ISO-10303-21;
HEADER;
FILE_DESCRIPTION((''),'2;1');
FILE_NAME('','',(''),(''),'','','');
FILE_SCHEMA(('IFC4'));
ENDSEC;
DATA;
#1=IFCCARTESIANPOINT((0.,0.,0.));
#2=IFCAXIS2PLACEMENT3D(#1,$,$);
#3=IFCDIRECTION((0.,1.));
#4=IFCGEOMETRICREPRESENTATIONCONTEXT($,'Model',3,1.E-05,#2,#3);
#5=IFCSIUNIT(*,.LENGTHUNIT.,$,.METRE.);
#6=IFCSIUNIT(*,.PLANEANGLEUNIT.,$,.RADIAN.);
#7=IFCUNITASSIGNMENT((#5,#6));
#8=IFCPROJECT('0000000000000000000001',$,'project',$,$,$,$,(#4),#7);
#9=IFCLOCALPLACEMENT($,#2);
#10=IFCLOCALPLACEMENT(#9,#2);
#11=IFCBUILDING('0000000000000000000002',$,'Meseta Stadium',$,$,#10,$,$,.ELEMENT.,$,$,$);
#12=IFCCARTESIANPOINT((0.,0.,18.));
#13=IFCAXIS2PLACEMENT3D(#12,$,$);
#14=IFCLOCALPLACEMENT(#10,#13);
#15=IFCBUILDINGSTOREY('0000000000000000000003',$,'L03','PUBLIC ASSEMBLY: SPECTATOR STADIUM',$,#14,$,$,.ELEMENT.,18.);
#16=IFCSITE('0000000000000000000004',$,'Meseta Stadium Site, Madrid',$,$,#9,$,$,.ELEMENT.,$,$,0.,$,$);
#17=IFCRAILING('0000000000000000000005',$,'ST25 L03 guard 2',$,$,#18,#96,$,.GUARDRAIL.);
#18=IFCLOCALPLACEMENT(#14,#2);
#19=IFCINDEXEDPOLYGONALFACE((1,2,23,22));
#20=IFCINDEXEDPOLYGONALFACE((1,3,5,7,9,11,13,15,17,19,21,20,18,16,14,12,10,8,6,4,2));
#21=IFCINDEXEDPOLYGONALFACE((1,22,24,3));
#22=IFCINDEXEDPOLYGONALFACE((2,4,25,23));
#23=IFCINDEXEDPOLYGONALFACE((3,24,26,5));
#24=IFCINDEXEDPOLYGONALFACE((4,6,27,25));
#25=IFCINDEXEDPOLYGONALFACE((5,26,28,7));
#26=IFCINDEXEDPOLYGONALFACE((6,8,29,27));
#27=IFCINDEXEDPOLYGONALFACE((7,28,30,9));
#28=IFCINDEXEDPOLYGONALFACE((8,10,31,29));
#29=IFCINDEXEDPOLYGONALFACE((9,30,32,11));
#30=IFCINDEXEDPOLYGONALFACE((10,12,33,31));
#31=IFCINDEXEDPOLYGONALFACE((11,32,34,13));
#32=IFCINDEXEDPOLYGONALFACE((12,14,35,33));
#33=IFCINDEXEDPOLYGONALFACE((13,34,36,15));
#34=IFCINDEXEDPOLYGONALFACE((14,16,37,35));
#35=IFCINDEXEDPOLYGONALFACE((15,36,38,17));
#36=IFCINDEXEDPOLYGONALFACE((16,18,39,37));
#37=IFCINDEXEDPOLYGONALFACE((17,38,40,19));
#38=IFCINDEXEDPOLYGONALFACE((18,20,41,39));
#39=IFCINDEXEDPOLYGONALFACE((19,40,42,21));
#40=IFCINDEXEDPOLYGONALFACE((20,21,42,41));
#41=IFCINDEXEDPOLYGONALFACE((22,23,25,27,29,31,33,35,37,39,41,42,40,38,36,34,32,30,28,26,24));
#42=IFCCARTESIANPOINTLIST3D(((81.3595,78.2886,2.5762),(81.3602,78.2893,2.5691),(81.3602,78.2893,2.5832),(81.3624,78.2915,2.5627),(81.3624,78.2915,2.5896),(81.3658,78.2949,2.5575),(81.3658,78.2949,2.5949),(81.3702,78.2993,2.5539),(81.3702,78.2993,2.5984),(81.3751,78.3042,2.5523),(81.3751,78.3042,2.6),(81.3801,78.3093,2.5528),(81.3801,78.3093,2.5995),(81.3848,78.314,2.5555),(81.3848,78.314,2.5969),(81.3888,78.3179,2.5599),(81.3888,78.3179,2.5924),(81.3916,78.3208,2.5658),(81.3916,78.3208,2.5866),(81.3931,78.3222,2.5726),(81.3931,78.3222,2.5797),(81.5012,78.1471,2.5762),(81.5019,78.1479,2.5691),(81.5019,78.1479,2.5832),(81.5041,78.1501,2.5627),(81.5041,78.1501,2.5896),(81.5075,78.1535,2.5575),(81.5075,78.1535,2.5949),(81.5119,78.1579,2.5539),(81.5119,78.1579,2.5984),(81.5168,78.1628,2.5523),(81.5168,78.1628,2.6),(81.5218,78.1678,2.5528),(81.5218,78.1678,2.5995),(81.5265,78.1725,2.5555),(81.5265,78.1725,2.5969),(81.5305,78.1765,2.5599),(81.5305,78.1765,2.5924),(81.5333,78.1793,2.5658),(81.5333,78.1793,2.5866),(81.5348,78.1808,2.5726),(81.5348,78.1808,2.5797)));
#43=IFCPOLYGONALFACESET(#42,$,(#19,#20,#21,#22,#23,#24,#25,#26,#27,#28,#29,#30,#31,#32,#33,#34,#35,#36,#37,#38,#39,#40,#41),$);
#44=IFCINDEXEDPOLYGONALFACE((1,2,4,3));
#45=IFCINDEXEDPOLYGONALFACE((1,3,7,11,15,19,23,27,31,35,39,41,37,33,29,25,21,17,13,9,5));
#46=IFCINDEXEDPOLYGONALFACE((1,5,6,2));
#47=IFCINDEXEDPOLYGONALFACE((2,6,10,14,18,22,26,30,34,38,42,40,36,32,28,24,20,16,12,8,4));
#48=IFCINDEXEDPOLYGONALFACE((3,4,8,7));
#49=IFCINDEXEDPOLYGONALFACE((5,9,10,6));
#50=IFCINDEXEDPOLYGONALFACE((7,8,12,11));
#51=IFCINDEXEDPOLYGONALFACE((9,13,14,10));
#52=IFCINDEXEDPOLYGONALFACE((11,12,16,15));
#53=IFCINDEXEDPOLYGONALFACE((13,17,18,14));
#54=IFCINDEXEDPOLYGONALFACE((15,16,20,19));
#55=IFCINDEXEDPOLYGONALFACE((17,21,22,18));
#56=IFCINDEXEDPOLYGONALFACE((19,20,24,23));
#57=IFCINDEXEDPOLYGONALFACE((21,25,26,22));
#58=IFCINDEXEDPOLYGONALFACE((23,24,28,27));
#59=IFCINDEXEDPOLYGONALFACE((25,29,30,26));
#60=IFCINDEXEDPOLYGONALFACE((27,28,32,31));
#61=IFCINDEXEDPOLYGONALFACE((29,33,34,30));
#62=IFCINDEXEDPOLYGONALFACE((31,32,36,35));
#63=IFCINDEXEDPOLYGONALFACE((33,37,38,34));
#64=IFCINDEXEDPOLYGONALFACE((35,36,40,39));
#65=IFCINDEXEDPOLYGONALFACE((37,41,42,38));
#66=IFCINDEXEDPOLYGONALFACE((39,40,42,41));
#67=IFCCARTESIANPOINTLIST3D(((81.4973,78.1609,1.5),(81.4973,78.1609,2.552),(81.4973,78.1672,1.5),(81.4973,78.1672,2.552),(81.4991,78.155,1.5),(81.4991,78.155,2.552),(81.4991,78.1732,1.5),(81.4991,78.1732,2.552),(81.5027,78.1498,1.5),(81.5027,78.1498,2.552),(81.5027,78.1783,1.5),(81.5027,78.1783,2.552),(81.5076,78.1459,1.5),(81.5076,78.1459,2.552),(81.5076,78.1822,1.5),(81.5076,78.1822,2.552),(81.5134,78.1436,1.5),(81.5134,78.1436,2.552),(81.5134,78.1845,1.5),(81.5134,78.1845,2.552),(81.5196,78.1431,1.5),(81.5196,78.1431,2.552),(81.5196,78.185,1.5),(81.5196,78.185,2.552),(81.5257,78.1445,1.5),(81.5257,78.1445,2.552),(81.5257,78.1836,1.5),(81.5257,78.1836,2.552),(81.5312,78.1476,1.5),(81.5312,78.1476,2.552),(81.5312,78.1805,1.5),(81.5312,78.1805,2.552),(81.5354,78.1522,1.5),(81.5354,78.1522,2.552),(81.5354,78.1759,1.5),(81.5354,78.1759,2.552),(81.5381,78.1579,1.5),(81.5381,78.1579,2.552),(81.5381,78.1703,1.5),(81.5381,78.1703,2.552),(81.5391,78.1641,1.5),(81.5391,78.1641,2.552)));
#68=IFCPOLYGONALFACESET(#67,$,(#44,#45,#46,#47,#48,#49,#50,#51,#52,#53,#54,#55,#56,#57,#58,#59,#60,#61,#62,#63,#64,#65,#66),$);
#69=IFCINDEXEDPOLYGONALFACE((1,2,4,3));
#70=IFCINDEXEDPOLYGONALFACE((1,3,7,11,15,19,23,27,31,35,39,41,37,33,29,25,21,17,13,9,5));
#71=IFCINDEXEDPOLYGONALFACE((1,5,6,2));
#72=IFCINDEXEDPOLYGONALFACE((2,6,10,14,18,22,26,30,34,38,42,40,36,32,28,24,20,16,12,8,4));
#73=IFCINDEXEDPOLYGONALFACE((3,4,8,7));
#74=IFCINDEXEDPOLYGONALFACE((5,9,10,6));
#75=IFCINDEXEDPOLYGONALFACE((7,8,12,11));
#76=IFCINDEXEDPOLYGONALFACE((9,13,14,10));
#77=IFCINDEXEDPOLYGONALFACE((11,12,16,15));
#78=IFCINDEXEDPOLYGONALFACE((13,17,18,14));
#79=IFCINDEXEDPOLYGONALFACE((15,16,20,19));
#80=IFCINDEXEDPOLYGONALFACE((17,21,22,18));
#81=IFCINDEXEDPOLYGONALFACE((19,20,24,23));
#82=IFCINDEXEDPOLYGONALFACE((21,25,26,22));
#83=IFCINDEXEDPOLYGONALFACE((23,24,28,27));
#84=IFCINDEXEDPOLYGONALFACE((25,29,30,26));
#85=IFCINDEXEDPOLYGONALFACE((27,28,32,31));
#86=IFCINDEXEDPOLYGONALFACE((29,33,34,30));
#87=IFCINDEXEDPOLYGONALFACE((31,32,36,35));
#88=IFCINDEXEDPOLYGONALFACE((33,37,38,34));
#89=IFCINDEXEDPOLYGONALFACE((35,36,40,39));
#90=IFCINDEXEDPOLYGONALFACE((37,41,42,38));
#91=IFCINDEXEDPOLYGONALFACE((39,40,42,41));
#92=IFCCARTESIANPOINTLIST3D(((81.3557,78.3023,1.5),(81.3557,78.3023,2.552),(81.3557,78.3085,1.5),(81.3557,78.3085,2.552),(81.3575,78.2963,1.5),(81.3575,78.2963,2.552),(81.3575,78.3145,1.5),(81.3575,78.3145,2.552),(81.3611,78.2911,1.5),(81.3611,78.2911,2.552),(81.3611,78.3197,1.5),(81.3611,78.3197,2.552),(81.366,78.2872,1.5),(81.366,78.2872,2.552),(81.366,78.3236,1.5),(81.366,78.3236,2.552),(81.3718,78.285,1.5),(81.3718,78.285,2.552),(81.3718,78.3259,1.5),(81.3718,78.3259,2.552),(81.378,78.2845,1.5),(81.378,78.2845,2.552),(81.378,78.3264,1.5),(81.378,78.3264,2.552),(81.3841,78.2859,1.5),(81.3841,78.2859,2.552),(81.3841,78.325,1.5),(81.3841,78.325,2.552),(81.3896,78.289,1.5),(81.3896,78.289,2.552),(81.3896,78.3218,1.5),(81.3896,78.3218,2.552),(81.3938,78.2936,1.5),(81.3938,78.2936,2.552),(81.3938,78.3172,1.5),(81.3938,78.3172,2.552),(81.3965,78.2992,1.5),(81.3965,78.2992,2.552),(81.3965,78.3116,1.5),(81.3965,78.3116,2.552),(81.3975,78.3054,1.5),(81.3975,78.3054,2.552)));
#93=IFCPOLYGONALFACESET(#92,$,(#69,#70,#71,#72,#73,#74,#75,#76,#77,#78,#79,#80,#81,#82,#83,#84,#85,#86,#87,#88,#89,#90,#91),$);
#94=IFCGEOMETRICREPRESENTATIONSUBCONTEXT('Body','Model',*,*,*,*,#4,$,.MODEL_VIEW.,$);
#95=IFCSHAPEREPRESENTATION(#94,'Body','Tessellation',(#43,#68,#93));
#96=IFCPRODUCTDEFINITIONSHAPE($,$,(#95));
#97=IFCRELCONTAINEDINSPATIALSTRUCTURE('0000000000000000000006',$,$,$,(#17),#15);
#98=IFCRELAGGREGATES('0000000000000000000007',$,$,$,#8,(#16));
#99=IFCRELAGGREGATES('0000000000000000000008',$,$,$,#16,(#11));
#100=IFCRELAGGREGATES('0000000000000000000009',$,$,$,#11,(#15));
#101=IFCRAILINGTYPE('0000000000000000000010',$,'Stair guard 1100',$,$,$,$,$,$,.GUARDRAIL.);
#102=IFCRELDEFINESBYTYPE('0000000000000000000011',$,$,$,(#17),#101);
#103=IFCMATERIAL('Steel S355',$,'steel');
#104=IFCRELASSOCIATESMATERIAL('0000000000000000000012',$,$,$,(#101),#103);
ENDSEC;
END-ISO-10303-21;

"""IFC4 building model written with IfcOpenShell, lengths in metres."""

from ifc_helpers import new_model, si_unit, direction, frame, origin, origin_2d, place, context, subcontext, project, spatial, circle, extrude, material, type_object, element, save


model = new_model("IFC4")

# Units and contexts
model_context = context("Model", 3, precision=1e-05, world=origin(), true_north=direction((0.0, 1.0)))
body_context = subcontext(model_context, "Body", "Model", "MODEL_VIEW")
ifc_project = project(units=[si_unit("LENGTHUNIT", "METRE"), si_unit("PLANEANGLEUNIT", "RADIAN")], contexts=[model_context])

# Site, building, storey
site_placement = place(None, origin())
site = spatial("IfcSite", under=ifc_project, at=site_placement, Name="Meseta Stadium Site, Madrid", CompositionType="ELEMENT", RefElevation=0.0)
building_placement = place(site_placement, origin())
building = spatial("IfcBuilding", under=site, at=building_placement, Name="Meseta Stadium", CompositionType="ELEMENT")
storey_placement = place(building_placement, frame((0.0, 0.0, 18.0)))
storey = spatial("IfcBuildingStorey", under=building, at=storey_placement, Name="L03", Description="PUBLIC ASSEMBLY: SPECTATOR STADIUM", CompositionType="ELEMENT", Elevation=18.0)

# Railing
ifc_material_1 = material(Name="Steel S355", Category="steel")
railing_type_1 = type_object("IfcRailingType", Name="Stair guard 1100", PredefinedType="GUARDRAIL", material=ifc_material_1)
railing_1_placement = place(storey_placement, frame((81.5181, 78.1641, 1.5)))
element("IfcRailing", 1, at=railing_1_placement, inside=storey, type_object=railing_type_1, Name="ST25 L03 guard 2", PredefinedType="GUARDRAIL", context=body_context, shape_type="SweptSolid", body=[
    extrude(circle(Radius=0.0239, at=origin_2d()), frame((0.0, 0.0, 1.0762), z_axis=(-0.707717, 0.706496, 0.0), x_axis=(-0.706496, -0.707717, 0.0)), (0.0, 0.0, 1.0), 0.2002),
    extrude(circle(Radius=0.021, at=origin_2d()), origin(), (0.0, 0.0, 1.0), 1.052),
    extrude(circle(Radius=0.021, at=origin_2d()), frame((-0.1416, 0.1414, 0.0)), (0.0, 0.0, 1.0), 1.052),
])

save(model, "model.ifc")
